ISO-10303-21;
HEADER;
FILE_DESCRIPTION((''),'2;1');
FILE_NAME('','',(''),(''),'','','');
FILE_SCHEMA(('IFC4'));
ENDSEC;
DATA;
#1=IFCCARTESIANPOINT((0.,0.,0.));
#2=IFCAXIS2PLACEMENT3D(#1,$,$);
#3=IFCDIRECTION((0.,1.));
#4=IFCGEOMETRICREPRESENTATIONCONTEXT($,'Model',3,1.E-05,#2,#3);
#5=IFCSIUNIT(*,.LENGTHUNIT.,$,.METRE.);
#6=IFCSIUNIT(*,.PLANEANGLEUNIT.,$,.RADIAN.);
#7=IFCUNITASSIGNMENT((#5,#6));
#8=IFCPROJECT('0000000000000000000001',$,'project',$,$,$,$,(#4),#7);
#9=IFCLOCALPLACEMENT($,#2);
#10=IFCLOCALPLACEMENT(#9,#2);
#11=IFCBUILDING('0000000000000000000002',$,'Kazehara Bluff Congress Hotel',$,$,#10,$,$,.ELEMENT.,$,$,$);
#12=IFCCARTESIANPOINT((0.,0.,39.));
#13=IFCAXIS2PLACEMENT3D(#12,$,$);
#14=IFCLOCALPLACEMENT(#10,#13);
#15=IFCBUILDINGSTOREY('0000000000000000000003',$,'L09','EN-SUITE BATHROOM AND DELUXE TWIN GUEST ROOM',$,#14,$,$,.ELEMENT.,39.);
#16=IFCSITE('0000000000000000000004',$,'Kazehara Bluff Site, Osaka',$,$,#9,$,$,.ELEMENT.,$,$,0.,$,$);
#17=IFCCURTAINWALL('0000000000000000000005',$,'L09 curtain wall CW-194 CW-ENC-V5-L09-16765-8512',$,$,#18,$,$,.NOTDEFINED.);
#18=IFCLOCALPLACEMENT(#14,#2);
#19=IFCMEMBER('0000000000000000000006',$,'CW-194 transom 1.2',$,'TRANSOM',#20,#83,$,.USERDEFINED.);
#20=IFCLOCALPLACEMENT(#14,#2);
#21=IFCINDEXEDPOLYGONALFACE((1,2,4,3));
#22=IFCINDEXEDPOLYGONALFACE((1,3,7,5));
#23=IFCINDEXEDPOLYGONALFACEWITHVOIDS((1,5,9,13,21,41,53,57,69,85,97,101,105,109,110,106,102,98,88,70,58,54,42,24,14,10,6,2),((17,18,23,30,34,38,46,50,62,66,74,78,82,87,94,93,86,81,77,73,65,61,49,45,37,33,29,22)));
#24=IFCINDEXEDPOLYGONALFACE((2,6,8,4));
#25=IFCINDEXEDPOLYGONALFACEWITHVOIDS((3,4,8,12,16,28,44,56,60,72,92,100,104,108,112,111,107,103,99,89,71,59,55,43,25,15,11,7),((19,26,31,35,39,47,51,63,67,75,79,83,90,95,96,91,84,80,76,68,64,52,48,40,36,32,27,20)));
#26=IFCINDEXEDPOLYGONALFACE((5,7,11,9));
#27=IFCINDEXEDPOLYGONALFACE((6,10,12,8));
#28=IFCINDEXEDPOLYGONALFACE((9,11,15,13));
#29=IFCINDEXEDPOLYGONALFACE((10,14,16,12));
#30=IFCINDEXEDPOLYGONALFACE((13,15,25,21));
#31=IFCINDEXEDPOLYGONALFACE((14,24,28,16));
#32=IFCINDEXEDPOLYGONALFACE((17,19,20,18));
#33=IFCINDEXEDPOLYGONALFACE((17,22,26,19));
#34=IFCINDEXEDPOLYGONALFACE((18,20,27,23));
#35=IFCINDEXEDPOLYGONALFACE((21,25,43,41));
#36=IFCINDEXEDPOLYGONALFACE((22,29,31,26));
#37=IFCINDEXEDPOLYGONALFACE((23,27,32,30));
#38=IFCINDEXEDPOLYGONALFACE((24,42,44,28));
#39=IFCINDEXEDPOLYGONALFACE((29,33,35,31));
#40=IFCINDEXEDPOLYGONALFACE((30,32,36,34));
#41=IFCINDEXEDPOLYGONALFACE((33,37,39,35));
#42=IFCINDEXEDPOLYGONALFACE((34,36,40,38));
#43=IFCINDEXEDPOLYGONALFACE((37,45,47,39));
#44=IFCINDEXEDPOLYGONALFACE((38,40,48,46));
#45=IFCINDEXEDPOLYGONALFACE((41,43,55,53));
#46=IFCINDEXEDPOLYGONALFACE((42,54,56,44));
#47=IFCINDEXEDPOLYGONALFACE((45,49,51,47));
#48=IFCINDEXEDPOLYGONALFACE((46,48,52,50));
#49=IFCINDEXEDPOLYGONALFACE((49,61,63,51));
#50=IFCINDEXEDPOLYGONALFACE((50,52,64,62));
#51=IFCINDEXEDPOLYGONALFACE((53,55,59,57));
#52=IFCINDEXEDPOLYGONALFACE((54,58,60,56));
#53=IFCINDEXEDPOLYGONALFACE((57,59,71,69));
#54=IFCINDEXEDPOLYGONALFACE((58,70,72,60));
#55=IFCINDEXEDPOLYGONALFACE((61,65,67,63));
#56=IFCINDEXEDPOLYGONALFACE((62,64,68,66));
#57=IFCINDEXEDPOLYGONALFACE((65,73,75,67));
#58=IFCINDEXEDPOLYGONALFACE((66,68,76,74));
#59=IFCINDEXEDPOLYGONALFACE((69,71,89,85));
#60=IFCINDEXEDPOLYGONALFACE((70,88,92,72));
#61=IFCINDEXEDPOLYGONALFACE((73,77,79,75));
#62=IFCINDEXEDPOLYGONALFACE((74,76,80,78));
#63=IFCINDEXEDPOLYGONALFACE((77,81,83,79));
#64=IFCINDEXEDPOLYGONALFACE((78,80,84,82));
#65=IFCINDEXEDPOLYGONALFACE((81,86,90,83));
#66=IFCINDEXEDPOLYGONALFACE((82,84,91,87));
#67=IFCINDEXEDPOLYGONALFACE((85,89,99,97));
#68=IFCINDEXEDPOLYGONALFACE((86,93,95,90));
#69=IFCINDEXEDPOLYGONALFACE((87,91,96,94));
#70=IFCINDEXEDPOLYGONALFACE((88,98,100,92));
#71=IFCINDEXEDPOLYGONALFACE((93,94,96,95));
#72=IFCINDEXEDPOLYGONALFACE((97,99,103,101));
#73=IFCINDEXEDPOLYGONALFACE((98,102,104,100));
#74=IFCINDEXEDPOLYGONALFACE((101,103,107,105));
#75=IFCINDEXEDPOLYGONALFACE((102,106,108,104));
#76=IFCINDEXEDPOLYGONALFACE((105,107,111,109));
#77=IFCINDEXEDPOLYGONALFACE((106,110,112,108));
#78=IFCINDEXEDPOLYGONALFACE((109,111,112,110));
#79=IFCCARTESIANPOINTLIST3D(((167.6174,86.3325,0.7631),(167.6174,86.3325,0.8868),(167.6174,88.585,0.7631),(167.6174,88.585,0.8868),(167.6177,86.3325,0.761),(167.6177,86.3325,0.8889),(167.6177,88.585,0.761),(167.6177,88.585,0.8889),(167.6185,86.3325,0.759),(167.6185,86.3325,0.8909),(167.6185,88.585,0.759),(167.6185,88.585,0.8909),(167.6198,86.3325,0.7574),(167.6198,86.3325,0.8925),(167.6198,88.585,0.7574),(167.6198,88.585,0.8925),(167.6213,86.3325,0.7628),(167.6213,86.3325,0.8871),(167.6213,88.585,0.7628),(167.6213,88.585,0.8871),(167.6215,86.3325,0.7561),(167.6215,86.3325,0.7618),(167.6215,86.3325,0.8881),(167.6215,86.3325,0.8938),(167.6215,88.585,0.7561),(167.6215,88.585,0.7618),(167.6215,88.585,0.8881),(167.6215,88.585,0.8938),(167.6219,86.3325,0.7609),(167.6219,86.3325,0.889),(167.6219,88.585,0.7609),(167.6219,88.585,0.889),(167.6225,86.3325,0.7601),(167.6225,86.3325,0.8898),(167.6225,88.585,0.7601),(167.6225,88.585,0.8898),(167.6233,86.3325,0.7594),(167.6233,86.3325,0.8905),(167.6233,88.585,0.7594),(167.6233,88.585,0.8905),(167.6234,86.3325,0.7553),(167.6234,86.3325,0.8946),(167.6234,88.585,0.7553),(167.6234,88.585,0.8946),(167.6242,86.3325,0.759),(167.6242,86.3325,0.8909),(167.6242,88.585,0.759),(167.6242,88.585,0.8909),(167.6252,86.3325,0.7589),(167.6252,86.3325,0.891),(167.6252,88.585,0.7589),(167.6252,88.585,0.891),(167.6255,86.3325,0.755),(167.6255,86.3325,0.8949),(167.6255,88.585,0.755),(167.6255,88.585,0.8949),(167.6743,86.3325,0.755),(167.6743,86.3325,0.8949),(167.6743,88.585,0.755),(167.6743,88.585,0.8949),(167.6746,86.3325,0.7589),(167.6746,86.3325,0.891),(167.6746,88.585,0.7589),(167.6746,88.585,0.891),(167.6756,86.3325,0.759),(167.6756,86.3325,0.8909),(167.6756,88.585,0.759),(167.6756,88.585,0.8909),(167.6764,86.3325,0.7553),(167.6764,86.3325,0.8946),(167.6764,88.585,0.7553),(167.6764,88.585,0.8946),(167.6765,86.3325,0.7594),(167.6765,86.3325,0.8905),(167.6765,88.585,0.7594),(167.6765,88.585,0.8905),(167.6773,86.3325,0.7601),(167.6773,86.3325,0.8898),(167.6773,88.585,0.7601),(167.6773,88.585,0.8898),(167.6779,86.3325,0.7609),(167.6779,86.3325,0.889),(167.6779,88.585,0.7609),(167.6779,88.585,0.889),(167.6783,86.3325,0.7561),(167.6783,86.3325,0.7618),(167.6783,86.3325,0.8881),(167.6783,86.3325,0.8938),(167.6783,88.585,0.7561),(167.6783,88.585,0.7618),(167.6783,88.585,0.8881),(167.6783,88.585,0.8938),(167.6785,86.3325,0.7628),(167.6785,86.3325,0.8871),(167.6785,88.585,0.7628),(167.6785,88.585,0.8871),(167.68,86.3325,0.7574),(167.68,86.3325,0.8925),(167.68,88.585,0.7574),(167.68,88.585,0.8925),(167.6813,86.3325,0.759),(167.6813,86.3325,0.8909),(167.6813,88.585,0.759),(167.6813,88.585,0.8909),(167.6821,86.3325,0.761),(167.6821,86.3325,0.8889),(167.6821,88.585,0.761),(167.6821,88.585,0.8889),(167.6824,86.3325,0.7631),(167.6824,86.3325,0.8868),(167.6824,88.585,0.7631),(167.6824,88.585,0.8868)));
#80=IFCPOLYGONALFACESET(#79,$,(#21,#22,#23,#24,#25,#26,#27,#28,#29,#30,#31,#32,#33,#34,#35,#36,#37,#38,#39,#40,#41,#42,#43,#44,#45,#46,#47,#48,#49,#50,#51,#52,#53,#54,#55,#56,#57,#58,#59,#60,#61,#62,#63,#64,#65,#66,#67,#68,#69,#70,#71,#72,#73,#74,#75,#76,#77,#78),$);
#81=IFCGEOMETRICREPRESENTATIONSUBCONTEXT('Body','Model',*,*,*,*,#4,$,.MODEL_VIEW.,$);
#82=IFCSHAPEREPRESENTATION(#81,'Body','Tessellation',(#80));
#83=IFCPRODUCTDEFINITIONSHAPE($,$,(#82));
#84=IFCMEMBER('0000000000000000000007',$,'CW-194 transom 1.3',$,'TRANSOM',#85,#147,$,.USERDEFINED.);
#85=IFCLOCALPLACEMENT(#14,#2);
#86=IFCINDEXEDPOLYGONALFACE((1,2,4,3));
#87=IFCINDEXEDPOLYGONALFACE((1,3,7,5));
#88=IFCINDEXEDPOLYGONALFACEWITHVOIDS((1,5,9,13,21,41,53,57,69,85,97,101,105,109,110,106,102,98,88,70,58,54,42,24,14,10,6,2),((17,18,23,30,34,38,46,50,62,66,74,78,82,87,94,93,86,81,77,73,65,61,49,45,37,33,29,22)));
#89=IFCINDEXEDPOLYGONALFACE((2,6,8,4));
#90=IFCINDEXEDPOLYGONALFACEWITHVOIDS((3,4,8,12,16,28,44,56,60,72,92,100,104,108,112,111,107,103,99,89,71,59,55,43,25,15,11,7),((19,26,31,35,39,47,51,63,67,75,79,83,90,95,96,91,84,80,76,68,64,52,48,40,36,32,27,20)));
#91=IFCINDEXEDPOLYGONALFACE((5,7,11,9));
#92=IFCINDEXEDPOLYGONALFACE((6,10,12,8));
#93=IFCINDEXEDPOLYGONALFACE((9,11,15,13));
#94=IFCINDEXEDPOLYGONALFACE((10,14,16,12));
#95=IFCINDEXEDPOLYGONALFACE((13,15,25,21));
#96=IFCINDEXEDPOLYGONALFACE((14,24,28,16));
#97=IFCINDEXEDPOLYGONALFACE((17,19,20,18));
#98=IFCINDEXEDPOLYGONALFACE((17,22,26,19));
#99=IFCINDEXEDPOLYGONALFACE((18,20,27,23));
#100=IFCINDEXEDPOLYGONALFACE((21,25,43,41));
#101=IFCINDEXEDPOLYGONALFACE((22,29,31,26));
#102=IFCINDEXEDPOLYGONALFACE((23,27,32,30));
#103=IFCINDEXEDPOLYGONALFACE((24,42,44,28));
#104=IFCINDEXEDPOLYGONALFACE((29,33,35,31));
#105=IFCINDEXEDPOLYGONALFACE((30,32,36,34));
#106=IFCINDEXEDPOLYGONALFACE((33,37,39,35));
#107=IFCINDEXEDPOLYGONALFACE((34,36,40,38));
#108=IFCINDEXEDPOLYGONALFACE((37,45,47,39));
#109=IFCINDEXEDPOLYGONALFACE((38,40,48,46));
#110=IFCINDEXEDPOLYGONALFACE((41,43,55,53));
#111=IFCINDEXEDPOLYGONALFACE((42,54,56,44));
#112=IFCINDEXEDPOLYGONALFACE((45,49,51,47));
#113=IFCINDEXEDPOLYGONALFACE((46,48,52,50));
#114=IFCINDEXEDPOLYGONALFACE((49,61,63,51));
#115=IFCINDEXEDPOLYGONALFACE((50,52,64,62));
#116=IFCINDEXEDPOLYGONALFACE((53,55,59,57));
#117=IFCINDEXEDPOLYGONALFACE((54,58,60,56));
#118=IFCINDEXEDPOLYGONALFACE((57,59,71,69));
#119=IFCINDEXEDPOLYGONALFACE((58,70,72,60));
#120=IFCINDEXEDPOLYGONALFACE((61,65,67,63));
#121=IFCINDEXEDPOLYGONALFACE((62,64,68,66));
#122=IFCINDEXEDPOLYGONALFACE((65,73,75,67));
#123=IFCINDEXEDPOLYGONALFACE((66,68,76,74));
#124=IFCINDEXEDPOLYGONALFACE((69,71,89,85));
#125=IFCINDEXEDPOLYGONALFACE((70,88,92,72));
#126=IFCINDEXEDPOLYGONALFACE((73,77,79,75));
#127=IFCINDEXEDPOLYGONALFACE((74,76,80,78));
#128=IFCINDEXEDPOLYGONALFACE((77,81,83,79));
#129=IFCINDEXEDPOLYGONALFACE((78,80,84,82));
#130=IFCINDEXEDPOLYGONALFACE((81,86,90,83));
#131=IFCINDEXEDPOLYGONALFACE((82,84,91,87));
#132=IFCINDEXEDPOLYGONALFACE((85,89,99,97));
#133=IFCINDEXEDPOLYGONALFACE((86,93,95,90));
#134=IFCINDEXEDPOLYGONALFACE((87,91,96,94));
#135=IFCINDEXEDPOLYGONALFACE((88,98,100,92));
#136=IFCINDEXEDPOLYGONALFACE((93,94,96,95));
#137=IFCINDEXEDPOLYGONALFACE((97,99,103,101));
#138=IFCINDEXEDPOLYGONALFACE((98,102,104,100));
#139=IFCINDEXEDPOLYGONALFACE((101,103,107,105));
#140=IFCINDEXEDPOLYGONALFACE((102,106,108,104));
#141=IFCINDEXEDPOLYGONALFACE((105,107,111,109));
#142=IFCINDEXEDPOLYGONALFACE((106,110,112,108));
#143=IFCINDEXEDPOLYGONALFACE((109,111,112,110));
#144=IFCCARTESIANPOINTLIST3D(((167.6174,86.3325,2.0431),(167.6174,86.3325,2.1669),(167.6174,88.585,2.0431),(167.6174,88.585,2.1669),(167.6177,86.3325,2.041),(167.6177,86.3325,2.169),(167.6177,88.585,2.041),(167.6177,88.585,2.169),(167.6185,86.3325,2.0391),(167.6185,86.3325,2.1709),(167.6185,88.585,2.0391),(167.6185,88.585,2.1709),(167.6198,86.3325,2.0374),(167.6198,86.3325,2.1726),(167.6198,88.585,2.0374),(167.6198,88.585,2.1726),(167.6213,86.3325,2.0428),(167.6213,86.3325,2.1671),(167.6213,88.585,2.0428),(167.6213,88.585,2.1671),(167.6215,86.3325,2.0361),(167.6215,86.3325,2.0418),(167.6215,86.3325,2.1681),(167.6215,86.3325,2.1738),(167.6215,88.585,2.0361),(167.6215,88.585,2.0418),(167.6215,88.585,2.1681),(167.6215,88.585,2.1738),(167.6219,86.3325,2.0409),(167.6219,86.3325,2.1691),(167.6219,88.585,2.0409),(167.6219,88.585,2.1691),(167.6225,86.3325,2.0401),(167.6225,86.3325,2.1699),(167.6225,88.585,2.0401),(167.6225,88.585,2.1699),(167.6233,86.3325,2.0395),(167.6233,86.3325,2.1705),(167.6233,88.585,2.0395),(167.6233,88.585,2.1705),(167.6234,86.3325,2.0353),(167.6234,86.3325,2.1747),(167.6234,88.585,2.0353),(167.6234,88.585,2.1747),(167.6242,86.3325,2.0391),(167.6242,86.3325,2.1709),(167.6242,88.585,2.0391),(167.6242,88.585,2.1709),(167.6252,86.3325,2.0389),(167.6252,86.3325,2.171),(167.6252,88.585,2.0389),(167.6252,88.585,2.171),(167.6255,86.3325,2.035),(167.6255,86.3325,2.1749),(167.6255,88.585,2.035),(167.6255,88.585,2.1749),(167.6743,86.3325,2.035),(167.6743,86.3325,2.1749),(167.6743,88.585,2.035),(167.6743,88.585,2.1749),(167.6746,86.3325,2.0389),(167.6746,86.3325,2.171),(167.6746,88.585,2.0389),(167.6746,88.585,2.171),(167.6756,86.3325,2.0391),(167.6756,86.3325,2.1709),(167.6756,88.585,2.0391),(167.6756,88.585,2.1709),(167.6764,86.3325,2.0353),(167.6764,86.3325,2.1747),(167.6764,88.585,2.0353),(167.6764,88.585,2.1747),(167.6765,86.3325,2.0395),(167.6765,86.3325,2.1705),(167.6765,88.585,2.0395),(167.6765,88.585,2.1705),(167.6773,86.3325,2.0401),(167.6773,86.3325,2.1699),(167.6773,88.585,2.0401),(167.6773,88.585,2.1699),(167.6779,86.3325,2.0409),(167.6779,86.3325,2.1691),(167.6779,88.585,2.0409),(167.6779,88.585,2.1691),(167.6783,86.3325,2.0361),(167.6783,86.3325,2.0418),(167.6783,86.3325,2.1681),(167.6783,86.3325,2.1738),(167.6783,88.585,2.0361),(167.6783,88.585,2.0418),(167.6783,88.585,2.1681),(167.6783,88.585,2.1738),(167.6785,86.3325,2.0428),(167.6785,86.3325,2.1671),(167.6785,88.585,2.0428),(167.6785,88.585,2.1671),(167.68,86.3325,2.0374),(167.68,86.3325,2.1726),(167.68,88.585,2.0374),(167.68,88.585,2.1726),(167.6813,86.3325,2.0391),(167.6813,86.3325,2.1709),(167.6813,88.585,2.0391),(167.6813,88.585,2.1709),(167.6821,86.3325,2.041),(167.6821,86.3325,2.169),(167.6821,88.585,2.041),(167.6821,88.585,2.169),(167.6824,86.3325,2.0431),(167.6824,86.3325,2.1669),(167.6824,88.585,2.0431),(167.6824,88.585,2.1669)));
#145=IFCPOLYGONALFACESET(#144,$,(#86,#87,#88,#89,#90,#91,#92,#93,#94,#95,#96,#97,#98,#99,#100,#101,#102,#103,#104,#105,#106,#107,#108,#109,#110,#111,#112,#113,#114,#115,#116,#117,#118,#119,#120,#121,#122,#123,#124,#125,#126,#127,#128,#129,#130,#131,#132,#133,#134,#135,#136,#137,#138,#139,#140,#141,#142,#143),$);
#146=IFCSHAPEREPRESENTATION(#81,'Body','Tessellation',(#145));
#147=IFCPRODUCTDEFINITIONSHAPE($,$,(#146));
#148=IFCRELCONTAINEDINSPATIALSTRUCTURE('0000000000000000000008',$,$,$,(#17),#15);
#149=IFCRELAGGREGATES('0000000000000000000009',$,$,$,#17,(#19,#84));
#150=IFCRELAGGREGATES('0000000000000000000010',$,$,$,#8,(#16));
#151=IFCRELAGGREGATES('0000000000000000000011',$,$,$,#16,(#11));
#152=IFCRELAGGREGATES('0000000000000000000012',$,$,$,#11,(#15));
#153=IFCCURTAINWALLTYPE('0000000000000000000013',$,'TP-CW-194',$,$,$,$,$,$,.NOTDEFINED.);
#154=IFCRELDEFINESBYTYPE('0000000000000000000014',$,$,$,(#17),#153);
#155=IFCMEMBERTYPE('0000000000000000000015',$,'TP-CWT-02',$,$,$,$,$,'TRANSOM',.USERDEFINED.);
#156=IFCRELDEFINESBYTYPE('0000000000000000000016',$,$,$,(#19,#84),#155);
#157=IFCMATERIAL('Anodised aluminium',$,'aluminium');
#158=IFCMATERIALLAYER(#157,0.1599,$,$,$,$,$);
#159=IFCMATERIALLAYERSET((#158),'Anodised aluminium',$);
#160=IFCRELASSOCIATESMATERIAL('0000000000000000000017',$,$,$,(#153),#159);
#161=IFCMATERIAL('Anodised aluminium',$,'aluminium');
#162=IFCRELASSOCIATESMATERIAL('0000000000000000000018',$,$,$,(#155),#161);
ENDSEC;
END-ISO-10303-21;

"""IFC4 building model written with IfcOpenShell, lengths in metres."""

from ifc_helpers import new_model, si_unit, direction, frame, origin, origin_2d, place, context, subcontext, project, spatial, hollow_rectangle, extrude, material, layer, layer_set, material_profile, profile_set, type_object, element, aggregate, save


model = new_model("IFC4")

# Units and contexts
model_context = context("Model", 3, precision=1e-05, world=origin(), true_north=direction((0.0, 1.0)))
body_context = subcontext(model_context, "Body", "Model", "MODEL_VIEW")
ifc_project = project(units=[si_unit("LENGTHUNIT", "METRE"), si_unit("PLANEANGLEUNIT", "RADIAN")], contexts=[model_context])

# Site, building, storey
site_placement = place(None, origin())
site = spatial("IfcSite", under=ifc_project, at=site_placement, Name="Kazehara Bluff Site, Osaka", CompositionType="ELEMENT", RefElevation=0.0)
building_placement = place(site_placement, origin())
building = spatial("IfcBuilding", under=site, at=building_placement, Name="Kazehara Bluff Congress Hotel", CompositionType="ELEMENT")
storey_placement = place(building_placement, frame((0.0, 0.0, 39.0)))
storey = spatial("IfcBuildingStorey", under=building, at=storey_placement, Name="L09", Description="EN-SUITE BATHROOM AND DELUXE TWIN GUEST ROOM", CompositionType="ELEMENT", Elevation=39.0)

# Curtain wall
ifc_material_1 = material(Name="Anodised aluminium", Category="aluminium")
ifc_layer_1 = layer(ifc_material_1, 0.1599)
ifc_layer_set_1 = layer_set([ifc_layer_1], Name="Anodised aluminium")
curtain_wall_type_1 = type_object("IfcCurtainWallType", Name="TP-CW-194", PredefinedType="NOTDEFINED", material=ifc_layer_set_1)
curtain_wall_1_placement = place(storey_placement, origin())
curtain_wall_1 = element("IfcCurtainWall", 1, at=curtain_wall_1_placement, inside=storey, type_object=curtain_wall_type_1, Name="L09 curtain wall CW-194 CW-ENC-V5-L09-16765-8512", PredefinedType="NOTDEFINED")

# Members
ifc_material_2 = material(Name="Anodised aluminium", Category="aluminium")
ifc_material_profile_1 = material_profile(ifc_material_2, hollow_rectangle(XDim=0.0649, YDim=0.1399, WallThickness=0.0039, InnerFilletRadius=0.0039, OuterFilletRadius=0.0081, at=origin_2d()))
ifc_profile_set_1 = profile_set([ifc_material_profile_1], Name="Anodised aluminium")
member_type_1 = type_object("IfcMemberType", Name="TP-CWT-02", ElementType="TRANSOM", PredefinedType="USERDEFINED", material=ifc_profile_set_1)
member_1_placement = place(storey_placement, frame((167.6499, 88.585, 0.825), z_axis=(0.0, -1.0, 0.0), x_axis=(1.0, 0.0, 0.0)))
member_1 = element("IfcMember", 2, at=member_1_placement, type_object=member_type_1, Name="CW-194 transom 1.2", ObjectType="TRANSOM", PredefinedType="USERDEFINED", context=body_context, shape_type="SweptSolid", body=[
    extrude(hollow_rectangle(XDim=0.0649, YDim=0.1399, WallThickness=0.0039, InnerFilletRadius=0.0039, OuterFilletRadius=0.0081, at=origin_2d()), origin(), (0.0, 0.0, 1.0), 2.2524),
])
member_2_placement = place(storey_placement, frame((167.6499, 88.585, 2.105), z_axis=(0.0, -1.0, 0.0), x_axis=(1.0, 0.0, 0.0)))
member_2 = element("IfcMember", 3, at=member_2_placement, type_object=member_type_1, Name="CW-194 transom 1.3", ObjectType="TRANSOM", PredefinedType="USERDEFINED", context=body_context, shape_type="SweptSolid", body=[
    extrude(hollow_rectangle(XDim=0.0649, YDim=0.1399, WallThickness=0.0039, InnerFilletRadius=0.0039, OuterFilletRadius=0.0081, at=origin_2d()), origin(), (0.0, 0.0, 1.0), 2.2524),
])
aggregate(curtain_wall_1, [member_1, member_2])

save(model, "model.ifc")
